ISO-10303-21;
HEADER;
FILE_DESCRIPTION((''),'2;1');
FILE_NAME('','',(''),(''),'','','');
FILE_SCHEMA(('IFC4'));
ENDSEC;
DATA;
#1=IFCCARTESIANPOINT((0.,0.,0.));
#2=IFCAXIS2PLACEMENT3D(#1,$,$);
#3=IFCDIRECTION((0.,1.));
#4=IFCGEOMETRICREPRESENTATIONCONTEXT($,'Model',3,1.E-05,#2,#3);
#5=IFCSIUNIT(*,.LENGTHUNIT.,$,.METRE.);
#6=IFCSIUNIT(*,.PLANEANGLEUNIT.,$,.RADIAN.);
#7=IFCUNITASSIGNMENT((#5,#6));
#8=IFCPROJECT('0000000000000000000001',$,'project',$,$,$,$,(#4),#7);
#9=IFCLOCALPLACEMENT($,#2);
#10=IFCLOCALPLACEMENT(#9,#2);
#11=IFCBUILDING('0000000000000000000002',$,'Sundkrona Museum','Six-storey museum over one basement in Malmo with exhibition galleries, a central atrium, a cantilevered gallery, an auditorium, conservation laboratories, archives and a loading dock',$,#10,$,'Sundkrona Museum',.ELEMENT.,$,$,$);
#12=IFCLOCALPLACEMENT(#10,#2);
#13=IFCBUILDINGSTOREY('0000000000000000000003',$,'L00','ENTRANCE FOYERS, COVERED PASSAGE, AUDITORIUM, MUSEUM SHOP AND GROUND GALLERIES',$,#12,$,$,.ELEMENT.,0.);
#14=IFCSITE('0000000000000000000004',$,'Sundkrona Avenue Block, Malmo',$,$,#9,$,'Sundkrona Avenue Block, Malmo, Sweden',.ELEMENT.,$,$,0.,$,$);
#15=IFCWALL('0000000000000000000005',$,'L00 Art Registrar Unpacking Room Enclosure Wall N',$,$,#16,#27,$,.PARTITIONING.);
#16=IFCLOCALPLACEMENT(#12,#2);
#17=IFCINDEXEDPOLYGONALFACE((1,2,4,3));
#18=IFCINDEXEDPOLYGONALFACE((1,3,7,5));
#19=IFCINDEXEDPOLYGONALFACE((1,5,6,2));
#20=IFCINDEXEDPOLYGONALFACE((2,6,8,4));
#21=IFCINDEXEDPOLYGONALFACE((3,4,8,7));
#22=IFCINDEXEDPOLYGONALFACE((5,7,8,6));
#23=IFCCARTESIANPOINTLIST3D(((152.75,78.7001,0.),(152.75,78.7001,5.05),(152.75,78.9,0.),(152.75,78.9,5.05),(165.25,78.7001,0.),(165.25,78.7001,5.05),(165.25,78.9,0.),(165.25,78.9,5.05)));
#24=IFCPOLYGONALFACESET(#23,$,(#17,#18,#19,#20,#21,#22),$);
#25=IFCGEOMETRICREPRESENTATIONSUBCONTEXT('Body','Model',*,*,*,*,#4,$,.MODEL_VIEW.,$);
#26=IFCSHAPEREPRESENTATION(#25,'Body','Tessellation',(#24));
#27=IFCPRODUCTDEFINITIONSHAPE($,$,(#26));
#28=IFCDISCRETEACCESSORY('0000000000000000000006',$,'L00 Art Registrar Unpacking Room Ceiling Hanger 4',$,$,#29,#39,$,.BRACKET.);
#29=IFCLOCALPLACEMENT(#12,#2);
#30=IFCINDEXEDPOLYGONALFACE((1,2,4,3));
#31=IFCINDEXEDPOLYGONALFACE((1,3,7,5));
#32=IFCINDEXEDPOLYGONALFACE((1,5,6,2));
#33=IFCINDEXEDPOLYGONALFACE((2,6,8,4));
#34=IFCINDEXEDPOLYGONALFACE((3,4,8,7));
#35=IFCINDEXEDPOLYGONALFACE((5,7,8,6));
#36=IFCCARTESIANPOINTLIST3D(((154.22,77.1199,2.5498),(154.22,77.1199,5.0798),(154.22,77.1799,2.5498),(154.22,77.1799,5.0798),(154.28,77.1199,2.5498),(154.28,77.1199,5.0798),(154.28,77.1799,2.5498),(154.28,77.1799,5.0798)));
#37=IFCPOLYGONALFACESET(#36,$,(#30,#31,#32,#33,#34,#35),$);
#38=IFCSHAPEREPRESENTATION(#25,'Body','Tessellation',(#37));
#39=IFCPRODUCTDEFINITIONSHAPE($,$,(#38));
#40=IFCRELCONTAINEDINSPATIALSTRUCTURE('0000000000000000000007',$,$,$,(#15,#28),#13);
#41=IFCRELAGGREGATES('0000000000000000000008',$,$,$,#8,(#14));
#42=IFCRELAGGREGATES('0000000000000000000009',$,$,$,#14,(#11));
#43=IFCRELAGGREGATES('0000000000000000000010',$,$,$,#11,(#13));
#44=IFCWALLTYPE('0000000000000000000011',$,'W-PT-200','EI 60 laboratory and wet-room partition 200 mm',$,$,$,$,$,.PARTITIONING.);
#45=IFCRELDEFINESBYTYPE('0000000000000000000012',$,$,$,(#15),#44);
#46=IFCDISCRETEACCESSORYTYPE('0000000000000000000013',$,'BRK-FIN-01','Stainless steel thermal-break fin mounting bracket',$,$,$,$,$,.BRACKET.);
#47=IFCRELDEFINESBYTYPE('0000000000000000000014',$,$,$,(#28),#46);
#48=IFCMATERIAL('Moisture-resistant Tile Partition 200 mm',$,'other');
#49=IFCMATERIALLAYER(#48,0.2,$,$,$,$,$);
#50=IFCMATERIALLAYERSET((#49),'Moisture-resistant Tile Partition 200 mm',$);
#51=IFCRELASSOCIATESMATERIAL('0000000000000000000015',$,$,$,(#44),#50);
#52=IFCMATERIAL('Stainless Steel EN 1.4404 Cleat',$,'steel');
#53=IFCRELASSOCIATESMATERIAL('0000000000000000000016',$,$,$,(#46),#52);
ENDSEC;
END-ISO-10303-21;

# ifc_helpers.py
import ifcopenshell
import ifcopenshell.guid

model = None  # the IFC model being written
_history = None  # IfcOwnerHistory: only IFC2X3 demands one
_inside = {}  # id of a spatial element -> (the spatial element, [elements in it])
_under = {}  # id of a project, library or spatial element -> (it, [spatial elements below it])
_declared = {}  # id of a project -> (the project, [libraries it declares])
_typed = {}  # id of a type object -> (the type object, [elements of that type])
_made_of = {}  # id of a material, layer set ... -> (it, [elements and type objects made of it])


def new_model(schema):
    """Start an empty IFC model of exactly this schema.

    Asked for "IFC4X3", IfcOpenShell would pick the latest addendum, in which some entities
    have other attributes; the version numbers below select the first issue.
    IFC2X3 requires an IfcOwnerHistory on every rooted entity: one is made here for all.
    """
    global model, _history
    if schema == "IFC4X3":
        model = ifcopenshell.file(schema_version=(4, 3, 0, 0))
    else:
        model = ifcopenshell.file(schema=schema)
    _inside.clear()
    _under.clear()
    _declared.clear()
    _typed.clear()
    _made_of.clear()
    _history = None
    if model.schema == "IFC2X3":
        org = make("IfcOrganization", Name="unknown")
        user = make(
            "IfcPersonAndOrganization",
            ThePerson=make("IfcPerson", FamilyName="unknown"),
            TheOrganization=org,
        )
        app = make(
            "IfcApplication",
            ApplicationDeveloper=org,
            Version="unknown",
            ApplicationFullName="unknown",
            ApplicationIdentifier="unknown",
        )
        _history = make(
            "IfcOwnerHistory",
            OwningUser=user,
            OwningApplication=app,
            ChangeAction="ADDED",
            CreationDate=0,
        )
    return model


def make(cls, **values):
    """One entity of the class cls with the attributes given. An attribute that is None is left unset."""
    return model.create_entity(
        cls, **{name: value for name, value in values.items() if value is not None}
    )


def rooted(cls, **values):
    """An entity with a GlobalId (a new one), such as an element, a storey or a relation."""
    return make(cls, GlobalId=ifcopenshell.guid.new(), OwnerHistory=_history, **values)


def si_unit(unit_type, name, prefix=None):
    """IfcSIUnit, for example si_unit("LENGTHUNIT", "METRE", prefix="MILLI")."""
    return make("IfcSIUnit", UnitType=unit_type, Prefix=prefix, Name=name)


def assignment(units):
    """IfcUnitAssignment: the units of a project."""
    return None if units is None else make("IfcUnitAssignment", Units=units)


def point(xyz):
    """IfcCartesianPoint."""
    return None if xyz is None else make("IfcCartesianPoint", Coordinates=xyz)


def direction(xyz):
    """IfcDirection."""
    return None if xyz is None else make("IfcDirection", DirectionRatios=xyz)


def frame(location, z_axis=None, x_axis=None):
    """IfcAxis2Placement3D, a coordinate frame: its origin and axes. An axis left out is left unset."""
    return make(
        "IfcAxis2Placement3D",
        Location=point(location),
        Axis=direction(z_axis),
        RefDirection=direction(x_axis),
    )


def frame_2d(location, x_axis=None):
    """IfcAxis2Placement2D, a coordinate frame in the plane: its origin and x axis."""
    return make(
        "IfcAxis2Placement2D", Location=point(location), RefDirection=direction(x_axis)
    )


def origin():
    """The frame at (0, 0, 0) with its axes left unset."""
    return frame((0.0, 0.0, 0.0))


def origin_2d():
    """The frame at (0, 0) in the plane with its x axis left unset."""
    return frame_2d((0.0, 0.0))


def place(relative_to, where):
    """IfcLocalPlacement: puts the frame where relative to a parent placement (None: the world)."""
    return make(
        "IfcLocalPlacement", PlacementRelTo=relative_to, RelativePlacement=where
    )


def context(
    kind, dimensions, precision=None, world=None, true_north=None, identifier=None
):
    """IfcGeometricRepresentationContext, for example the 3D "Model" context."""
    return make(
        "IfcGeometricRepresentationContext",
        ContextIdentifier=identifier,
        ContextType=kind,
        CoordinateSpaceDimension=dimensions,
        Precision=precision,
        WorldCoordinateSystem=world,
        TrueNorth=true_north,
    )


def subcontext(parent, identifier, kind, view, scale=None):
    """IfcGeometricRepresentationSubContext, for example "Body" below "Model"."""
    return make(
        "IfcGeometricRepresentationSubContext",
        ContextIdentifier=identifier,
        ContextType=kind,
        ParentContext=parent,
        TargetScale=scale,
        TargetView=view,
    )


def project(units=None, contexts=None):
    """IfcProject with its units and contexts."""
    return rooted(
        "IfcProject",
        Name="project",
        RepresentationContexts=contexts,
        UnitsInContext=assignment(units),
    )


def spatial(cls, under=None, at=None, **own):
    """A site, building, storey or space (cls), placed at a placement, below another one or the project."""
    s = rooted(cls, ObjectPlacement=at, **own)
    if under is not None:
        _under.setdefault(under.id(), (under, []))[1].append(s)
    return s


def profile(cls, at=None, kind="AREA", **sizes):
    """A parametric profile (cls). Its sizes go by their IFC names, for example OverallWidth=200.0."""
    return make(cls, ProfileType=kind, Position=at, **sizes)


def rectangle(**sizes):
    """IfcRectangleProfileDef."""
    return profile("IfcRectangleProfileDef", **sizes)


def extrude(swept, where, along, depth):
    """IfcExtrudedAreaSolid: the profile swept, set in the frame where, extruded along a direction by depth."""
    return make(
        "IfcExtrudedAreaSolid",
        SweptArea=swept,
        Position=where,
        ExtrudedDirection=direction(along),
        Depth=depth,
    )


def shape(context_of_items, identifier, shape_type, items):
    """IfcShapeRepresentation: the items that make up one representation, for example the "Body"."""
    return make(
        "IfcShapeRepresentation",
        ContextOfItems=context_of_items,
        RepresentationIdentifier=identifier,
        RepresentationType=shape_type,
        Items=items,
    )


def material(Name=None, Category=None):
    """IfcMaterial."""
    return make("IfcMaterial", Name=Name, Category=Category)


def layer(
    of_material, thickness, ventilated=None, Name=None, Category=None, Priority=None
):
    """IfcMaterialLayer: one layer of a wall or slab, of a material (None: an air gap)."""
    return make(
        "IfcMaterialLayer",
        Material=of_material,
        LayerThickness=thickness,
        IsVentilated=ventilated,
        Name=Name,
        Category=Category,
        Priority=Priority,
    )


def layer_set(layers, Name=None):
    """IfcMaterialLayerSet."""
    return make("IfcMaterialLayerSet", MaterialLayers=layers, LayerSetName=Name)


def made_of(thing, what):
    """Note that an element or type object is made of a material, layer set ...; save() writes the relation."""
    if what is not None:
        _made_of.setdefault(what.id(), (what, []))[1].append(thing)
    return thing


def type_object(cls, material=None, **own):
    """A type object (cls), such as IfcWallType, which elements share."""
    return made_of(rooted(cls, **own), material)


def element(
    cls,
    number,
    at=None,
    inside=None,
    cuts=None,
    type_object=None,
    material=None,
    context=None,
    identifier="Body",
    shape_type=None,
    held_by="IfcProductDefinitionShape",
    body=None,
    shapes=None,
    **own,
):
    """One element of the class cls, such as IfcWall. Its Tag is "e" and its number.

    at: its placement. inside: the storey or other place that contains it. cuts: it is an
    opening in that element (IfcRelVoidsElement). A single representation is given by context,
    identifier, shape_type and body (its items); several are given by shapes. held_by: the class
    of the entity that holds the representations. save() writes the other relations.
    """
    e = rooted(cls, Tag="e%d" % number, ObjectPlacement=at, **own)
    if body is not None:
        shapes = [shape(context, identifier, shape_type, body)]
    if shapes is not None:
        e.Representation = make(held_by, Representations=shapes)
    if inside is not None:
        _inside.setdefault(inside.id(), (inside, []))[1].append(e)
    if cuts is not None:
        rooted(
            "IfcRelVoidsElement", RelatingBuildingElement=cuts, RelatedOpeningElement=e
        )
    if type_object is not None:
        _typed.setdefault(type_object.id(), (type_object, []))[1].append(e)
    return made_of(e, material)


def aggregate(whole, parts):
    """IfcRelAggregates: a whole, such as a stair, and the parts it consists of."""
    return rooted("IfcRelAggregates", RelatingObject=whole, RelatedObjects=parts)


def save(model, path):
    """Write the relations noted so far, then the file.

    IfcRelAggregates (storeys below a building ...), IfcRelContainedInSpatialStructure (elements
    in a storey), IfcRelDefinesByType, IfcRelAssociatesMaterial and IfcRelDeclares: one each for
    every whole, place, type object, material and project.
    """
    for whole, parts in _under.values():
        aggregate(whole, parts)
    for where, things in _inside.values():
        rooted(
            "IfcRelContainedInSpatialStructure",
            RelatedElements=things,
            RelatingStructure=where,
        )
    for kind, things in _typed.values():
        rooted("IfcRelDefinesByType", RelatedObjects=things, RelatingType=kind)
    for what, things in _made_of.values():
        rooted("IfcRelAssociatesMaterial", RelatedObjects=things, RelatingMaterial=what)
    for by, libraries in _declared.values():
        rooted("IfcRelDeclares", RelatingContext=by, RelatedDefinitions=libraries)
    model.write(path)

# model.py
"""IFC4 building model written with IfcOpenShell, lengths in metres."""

from ifc_helpers import new_model, si_unit, direction, frame, frame_2d, origin, origin_2d, place, context, subcontext, project, spatial, rectangle, extrude, material, layer, layer_set, type_object, element, save


model = new_model("IFC4")

# Units and contexts
model_context = context("Model", 3, precision=1e-05, world=origin(), true_north=direction((0.0, 1.0)))
body_context = subcontext(model_context, "Body", "Model", "MODEL_VIEW")
ifc_project = project(units=[si_unit("LENGTHUNIT", "METRE"), si_unit("PLANEANGLEUNIT", "RADIAN")], contexts=[model_context])

# Site, building, storey
site_placement = place(None, origin())
site = spatial("IfcSite", under=ifc_project, at=site_placement, Name="Sundkrona Avenue Block, Malmo", LongName="Sundkrona Avenue Block, Malmo, Sweden", CompositionType="ELEMENT", RefElevation=0.0)
building_placement = place(site_placement, origin())
building = spatial("IfcBuilding", under=site, at=building_placement, Name="Sundkrona Museum", Description="Six-storey museum over one basement in Malmo with exhibition galleries, a central atrium, a cantilevered gallery, an auditorium, conservation laboratories, archives and a loading dock", LongName="Sundkrona Museum", CompositionType="ELEMENT")
storey_placement = place(building_placement, origin())
storey = spatial("IfcBuildingStorey", under=building, at=storey_placement, Name="L00", Description="ENTRANCE FOYERS, COVERED PASSAGE, AUDITORIUM, MUSEUM SHOP AND GROUND GALLERIES", CompositionType="ELEMENT", Elevation=0.0)

# Wall
ifc_material_1 = material(Name="Moisture-resistant Tile Partition 200 mm", Category="other")
ifc_layer_1 = layer(ifc_material_1, 0.2)
ifc_layer_set_1 = layer_set([ifc_layer_1], Name="Moisture-resistant Tile Partition 200 mm")
wall_type_1 = type_object("IfcWallType", Name="W-PT-200", Description="EI 60 laboratory and wet-room partition 200 mm", PredefinedType="PARTITIONING", material=ifc_layer_set_1)
wall_1_placement = place(storey_placement, frame((152.75, 78.8, 0.0), z_axis=(0.0, 0.0, 1.0), x_axis=(1.0, 0.0, 0.0)))
element("IfcWall", 1, at=wall_1_placement, inside=storey, type_object=wall_type_1, Name="L00 Art Registrar Unpacking Room Enclosure Wall N", PredefinedType="PARTITIONING", context=body_context, shape_type="SweptSolid", body=[
    extrude(rectangle(XDim=12.5, YDim=0.2, at=frame_2d((6.25, 0.0))), origin(), (0.0, 0.0, 1.0), 5.05),
])

# Discrete accessory
ifc_material_2 = material(Name="Stainless Steel EN 1.4404 Cleat", Category="steel")
discrete_accessory_type = type_object("IfcDiscreteAccessoryType", Name="BRK-FIN-01", Description="Stainless steel thermal-break fin mounting bracket", PredefinedType="BRACKET", material=ifc_material_2)
discrete_accessory_placement = place(storey_placement, frame((154.25, 77.1499, 2.5498), z_axis=(0.0, 0.0, 1.0), x_axis=(1.0, 0.0, 0.0)))
element("IfcDiscreteAccessory", 2, at=discrete_accessory_placement, inside=storey, type_object=discrete_accessory_type, Name="L00 Art Registrar Unpacking Room Ceiling Hanger 4", PredefinedType="BRACKET", context=body_context, shape_type="SweptSolid", body=[
    extrude(rectangle(XDim=0.0601, YDim=0.0601, at=origin_2d()), origin(), (0.0, 0.0, 1.0), 2.53),
])

save(model, "model.ifc")
